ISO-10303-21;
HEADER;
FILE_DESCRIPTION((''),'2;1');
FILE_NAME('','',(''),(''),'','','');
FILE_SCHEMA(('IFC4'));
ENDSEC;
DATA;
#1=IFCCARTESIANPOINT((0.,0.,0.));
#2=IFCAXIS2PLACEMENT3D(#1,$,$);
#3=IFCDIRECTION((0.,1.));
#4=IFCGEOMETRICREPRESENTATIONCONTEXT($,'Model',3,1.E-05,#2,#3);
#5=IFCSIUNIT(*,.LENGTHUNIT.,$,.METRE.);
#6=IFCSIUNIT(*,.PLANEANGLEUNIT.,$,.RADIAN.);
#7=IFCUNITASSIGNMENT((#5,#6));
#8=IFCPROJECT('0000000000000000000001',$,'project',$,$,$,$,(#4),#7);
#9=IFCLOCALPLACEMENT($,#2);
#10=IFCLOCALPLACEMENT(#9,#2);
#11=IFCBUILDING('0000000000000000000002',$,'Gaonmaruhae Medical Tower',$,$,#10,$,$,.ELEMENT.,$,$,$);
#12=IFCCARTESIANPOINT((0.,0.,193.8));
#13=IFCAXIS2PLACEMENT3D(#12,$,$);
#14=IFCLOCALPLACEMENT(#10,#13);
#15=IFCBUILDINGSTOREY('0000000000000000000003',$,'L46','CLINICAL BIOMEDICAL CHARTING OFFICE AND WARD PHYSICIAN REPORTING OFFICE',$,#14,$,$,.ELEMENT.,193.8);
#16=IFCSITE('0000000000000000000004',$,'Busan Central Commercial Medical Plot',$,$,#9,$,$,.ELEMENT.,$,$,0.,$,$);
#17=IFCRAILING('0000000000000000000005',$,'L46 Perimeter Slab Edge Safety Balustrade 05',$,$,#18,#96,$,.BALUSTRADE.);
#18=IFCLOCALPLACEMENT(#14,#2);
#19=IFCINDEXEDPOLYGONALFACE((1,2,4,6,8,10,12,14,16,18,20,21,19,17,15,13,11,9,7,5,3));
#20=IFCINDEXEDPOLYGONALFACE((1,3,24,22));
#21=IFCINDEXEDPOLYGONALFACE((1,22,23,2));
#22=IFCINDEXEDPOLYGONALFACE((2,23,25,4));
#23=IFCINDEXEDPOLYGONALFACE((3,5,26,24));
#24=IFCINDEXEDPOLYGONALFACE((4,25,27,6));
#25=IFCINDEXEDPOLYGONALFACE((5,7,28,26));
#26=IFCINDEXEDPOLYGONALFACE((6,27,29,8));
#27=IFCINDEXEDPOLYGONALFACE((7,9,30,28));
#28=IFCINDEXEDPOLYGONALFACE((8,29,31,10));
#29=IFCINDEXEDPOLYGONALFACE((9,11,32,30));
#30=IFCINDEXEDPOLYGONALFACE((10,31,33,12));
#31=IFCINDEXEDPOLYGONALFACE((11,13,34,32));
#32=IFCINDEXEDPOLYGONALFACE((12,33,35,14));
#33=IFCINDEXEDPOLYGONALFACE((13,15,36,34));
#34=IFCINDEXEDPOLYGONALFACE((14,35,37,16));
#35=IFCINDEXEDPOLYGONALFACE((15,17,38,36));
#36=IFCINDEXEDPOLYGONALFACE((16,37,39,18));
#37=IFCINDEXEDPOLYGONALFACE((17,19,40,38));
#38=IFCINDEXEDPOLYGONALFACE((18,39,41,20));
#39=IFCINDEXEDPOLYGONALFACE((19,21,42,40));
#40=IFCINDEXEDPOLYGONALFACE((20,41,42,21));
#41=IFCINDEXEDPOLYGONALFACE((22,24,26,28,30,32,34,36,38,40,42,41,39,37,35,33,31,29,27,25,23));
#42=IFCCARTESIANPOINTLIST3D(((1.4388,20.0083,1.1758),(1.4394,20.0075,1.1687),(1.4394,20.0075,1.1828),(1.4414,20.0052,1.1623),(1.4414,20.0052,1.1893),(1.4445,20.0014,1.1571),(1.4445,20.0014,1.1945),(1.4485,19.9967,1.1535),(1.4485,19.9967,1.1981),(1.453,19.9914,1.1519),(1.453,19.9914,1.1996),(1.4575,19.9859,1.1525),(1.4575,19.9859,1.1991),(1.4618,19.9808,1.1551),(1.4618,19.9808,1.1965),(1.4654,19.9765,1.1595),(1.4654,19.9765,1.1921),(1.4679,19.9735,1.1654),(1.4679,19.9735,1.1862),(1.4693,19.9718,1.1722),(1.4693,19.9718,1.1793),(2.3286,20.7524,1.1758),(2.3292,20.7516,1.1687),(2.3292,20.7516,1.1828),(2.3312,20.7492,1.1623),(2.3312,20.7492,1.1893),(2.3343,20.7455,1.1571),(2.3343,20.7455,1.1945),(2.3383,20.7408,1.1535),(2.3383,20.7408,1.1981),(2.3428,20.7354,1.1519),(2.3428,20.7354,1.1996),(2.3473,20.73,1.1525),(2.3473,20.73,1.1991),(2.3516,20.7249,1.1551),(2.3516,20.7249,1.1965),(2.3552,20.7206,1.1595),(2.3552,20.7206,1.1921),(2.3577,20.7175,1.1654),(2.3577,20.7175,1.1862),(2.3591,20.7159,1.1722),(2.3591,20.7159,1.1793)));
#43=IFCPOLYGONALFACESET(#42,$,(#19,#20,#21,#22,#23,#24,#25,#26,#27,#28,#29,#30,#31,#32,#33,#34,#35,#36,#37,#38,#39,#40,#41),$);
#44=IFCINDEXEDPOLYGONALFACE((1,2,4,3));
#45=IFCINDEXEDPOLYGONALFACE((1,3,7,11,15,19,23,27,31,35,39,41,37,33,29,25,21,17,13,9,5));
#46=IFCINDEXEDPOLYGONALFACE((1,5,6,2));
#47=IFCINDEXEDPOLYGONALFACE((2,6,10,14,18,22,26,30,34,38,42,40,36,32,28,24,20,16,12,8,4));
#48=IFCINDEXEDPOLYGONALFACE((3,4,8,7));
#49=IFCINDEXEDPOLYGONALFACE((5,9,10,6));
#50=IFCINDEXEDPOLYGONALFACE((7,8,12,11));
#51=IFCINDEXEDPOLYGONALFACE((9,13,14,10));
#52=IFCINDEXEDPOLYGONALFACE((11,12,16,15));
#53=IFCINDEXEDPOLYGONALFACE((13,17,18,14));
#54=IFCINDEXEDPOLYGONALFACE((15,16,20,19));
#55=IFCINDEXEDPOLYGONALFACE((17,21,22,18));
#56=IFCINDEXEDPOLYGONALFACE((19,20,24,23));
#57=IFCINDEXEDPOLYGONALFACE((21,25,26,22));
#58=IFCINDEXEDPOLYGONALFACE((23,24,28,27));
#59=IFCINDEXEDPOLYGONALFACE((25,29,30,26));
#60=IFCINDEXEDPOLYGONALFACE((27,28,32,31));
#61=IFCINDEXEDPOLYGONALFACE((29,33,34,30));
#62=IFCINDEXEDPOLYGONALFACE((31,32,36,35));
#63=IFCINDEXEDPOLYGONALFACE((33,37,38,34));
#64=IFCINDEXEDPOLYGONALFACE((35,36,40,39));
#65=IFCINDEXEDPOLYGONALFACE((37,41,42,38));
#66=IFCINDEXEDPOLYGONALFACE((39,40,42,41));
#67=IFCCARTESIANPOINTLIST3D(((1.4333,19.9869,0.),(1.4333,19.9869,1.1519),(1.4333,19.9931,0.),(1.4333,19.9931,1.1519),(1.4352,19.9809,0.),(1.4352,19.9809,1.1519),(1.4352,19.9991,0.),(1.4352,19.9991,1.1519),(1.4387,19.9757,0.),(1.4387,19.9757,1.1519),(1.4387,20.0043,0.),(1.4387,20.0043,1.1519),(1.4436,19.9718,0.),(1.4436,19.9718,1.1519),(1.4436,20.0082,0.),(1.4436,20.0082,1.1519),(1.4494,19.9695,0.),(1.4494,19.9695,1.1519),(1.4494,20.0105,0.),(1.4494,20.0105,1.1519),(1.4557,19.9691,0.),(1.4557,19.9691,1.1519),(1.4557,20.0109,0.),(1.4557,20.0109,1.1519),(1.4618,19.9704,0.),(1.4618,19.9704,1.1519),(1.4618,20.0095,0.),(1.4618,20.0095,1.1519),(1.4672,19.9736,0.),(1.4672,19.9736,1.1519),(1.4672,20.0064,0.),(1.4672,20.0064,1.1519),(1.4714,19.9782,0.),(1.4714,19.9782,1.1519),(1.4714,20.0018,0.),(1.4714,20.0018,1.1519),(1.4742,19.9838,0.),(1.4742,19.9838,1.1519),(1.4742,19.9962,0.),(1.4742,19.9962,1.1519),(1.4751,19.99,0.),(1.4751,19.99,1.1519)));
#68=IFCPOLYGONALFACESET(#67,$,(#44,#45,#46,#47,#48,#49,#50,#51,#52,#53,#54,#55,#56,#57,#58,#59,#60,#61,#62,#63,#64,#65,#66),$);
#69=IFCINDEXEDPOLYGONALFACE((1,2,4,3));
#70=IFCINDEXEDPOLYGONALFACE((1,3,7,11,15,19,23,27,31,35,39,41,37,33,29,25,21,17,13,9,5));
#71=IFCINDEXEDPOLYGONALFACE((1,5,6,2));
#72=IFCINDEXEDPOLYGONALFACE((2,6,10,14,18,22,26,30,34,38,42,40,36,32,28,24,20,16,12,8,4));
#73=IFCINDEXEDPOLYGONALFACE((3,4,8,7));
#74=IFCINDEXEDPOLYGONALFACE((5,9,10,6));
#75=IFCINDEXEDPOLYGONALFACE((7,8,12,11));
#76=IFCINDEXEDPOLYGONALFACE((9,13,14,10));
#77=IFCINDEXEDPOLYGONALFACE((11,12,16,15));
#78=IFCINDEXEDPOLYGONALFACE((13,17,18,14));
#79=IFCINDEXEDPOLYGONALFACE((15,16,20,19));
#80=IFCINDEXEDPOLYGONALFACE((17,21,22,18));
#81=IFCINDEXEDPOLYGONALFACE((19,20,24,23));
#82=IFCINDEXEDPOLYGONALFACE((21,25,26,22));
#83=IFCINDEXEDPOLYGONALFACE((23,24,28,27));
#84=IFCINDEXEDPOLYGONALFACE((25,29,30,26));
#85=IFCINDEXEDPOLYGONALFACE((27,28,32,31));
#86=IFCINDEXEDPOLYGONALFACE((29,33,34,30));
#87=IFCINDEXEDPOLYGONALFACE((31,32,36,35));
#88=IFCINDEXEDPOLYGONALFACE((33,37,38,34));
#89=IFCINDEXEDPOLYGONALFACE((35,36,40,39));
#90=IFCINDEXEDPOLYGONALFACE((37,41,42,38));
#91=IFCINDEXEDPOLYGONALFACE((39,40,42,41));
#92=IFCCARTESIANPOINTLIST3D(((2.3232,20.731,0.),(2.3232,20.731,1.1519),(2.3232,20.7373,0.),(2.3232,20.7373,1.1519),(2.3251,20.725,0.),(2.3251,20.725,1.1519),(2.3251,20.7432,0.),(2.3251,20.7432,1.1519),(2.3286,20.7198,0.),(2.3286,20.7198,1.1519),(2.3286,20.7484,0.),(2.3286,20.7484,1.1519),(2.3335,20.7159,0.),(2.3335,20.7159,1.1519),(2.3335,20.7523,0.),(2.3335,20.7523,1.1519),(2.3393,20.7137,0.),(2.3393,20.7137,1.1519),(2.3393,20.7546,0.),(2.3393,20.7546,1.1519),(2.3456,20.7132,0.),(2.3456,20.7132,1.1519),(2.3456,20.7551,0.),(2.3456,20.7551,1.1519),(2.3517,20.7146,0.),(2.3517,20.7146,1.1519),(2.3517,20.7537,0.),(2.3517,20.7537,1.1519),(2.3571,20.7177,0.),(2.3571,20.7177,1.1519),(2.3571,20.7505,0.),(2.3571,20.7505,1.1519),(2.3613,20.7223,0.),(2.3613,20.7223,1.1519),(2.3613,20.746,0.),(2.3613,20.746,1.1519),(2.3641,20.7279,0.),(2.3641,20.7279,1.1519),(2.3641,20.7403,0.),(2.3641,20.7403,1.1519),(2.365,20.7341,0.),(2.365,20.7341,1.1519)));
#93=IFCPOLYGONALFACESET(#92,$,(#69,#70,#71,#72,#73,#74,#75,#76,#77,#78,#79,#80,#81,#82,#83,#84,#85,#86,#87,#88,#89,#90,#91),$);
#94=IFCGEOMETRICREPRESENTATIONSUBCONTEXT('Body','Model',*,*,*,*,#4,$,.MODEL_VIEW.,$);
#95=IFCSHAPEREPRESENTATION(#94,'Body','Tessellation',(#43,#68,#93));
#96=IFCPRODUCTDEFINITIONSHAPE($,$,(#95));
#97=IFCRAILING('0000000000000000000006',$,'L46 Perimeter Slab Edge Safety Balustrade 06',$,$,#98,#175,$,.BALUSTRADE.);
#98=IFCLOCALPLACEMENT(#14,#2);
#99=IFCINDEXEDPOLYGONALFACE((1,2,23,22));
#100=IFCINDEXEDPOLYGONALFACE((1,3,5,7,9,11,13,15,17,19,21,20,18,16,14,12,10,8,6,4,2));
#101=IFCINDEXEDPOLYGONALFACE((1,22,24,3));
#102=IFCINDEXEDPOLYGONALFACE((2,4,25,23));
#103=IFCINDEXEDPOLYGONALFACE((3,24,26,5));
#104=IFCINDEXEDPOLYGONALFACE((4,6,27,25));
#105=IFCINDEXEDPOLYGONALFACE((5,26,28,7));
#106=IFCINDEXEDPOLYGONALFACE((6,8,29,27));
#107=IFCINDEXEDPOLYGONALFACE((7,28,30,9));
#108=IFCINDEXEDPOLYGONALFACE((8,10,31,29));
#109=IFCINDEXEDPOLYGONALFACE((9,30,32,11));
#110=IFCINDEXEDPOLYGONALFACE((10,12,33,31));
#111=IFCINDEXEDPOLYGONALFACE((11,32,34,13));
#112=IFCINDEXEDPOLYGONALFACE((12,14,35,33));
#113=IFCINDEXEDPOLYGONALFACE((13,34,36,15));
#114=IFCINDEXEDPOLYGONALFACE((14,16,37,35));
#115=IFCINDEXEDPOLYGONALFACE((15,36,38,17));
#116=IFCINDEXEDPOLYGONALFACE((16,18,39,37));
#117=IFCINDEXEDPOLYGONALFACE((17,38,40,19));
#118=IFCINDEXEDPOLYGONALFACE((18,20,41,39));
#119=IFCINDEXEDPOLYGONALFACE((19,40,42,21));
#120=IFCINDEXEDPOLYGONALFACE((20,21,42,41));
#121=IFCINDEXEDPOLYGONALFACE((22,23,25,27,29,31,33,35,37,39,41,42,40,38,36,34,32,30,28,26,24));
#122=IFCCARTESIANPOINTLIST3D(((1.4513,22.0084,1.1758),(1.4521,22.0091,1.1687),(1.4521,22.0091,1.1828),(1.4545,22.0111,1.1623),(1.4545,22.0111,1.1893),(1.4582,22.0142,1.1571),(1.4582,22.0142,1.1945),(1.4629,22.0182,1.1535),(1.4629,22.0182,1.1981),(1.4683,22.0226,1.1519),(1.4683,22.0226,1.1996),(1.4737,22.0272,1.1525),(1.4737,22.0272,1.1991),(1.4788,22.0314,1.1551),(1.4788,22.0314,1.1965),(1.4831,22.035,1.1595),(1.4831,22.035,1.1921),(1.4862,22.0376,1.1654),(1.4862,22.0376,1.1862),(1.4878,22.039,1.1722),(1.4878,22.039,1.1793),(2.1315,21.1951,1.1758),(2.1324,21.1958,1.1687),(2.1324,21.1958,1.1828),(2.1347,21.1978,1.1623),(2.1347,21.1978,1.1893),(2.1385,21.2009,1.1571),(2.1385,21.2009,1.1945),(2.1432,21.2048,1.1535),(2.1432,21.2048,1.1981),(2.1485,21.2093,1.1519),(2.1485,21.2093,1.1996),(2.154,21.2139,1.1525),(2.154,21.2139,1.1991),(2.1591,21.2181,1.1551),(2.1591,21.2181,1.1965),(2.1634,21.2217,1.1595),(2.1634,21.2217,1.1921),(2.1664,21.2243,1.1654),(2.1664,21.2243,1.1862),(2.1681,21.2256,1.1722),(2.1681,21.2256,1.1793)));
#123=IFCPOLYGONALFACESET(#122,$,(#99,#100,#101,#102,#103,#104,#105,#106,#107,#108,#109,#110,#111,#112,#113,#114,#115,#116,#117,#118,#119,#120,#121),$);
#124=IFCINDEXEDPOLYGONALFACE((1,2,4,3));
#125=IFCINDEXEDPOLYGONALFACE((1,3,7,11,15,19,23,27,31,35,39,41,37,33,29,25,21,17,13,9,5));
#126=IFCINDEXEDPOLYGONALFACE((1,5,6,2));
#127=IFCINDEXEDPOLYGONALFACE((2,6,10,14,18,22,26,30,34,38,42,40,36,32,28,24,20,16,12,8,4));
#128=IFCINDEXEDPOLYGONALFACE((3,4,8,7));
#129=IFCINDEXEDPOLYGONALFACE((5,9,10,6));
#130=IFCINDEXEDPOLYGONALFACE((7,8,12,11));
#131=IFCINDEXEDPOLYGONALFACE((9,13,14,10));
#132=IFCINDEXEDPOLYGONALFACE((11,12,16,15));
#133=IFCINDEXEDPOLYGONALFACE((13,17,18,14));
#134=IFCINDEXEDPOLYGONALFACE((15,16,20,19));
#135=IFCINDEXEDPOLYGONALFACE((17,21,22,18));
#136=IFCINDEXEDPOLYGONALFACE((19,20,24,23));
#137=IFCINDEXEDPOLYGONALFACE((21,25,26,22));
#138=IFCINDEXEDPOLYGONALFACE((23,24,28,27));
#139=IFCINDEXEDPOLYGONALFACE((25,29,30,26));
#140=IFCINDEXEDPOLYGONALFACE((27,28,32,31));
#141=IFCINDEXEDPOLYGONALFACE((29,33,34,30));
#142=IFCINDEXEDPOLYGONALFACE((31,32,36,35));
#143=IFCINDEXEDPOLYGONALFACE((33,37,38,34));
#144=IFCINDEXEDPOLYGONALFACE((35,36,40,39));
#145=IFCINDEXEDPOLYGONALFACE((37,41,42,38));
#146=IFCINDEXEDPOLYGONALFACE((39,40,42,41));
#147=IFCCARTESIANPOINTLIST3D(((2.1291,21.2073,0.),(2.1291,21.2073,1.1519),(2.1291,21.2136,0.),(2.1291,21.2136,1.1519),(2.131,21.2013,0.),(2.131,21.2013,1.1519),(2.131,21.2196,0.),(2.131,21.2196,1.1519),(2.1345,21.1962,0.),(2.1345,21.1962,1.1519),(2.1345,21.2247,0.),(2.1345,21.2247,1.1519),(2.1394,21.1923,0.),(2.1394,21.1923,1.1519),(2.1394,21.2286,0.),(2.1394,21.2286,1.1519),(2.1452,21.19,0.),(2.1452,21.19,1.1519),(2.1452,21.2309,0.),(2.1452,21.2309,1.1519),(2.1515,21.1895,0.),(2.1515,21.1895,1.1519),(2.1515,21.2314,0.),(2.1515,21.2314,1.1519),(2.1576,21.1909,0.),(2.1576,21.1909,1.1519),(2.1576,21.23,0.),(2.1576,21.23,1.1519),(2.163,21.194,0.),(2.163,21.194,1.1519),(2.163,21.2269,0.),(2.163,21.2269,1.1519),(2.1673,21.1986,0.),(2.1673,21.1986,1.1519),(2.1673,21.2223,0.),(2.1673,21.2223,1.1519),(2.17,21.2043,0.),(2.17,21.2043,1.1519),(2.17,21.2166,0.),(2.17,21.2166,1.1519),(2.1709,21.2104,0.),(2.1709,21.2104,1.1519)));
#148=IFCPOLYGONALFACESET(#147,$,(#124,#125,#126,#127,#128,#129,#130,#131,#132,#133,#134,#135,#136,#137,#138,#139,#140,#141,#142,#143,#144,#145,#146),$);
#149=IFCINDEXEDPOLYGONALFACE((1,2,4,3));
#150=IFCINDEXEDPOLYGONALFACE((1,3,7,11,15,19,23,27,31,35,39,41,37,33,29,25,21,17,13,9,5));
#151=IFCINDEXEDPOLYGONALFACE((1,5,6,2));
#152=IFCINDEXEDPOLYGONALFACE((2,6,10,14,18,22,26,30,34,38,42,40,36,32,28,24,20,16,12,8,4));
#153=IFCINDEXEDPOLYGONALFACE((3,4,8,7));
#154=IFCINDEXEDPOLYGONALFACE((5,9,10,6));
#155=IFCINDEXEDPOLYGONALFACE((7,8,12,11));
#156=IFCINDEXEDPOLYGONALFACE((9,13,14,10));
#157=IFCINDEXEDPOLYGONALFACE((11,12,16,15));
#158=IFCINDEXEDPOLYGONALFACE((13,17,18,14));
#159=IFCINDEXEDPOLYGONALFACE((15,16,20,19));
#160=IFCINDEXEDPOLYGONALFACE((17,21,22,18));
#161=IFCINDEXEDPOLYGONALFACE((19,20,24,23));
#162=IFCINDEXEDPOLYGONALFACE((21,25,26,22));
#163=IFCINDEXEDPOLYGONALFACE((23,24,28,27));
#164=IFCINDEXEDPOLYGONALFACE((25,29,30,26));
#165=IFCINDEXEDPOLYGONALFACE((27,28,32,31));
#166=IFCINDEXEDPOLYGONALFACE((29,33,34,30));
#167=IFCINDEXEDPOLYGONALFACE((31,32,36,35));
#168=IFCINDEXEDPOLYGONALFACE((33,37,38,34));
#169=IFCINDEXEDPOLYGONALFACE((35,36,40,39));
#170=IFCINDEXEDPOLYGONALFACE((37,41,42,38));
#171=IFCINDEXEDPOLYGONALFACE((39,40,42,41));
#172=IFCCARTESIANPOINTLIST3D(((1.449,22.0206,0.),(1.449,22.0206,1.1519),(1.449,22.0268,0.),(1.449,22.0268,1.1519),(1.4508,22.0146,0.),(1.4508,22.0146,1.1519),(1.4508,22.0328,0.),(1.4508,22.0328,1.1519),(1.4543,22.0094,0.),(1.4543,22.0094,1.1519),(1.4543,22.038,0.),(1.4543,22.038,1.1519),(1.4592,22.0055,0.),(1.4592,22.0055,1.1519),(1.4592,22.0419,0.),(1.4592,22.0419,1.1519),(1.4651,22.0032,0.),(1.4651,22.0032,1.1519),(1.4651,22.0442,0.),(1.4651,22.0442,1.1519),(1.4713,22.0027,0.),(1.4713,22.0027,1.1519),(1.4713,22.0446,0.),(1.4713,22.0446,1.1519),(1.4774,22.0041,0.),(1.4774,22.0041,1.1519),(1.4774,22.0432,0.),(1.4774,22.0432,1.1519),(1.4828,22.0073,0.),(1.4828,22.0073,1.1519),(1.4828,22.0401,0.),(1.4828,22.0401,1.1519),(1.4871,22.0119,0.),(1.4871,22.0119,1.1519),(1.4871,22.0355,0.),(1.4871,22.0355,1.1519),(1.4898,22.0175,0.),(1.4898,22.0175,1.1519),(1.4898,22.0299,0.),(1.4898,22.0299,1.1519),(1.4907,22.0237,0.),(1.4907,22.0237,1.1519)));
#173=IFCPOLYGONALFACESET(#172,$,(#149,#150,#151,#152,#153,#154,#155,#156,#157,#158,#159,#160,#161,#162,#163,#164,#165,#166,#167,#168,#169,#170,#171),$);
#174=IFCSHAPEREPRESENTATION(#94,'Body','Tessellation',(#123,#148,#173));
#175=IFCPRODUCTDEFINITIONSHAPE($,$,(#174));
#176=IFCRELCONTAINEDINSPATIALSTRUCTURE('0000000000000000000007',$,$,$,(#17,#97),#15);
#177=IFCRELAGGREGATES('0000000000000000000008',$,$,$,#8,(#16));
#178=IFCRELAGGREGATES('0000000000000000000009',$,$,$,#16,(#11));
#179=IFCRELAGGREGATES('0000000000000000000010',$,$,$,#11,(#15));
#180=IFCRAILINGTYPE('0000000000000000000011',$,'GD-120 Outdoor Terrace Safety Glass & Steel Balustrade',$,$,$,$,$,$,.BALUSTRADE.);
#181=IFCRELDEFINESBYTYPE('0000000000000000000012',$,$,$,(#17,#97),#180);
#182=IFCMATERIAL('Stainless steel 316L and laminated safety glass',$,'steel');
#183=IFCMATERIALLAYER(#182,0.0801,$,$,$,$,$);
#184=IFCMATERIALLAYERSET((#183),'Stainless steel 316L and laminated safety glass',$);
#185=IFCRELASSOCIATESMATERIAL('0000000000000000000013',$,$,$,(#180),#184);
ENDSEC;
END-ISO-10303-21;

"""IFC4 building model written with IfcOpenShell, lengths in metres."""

from ifc_helpers import new_model, si_unit, direction, frame, origin, origin_2d, place, context, subcontext, project, spatial, circle, extrude, material, layer, layer_set, type_object, element, save


model = new_model("IFC4")

# Units and contexts
model_context = context("Model", 3, precision=1e-05, world=origin(), true_north=direction((0.0, 1.0)))
body_context = subcontext(model_context, "Body", "Model", "MODEL_VIEW")
ifc_project = project(units=[si_unit("LENGTHUNIT", "METRE"), si_unit("PLANEANGLEUNIT", "RADIAN")], contexts=[model_context])

# Site, building, storey
site_placement = place(None, origin())
site = spatial("IfcSite", under=ifc_project, at=site_placement, Name="Busan Central Commercial Medical Plot", CompositionType="ELEMENT", RefElevation=0.0)
building_placement = place(site_placement, origin())
building = spatial("IfcBuilding", under=site, at=building_placement, Name="Gaonmaruhae Medical Tower", CompositionType="ELEMENT")
storey_placement = place(building_placement, frame((0.0, 0.0, 193.8)))
storey = spatial("IfcBuildingStorey", under=building, at=storey_placement, Name="L46", Description="CLINICAL BIOMEDICAL CHARTING OFFICE AND WARD PHYSICIAN REPORTING OFFICE", CompositionType="ELEMENT", Elevation=193.8)

# Railings
ifc_material_1 = material(Name="Stainless steel 316L and laminated safety glass", Category="steel")
ifc_layer_1 = layer(ifc_material_1, 0.0801)
ifc_layer_set_1 = layer_set([ifc_layer_1], Name="Stainless steel 316L and laminated safety glass")
railing_type = type_object("IfcRailingType", Name="GD-120 Outdoor Terrace Safety Glass & Steel Balustrade", PredefinedType="BALUSTRADE", material=ifc_layer_set_1)
railing_1_placement = place(storey_placement, frame((1.4541, 19.99, 0.0)))
element("IfcRailing", 1, at=railing_1_placement, inside=storey, type_object=railing_type, Name="L46 Perimeter Slab Edge Safety Balustrade 05", PredefinedType="BALUSTRADE", context=body_context, shape_type="SweptSolid", body=[
    extrude(circle(Radius=0.0239, at=origin_2d()), frame((0.0, 0.0, 1.1758), z_axis=(0.767133, 0.641488, 0.0), x_axis=(-0.641488, 0.767133, 0.0)), (0.0, 0.0, 1.0), 1.1599),
    extrude(circle(Radius=0.021, at=origin_2d()), origin(), (0.0, 0.0, 1.0), 1.1519),
    extrude(circle(Radius=0.021, at=origin_2d()), frame((0.8899, 0.7441, 0.0)), (0.0, 0.0, 1.0), 1.1519),
])
railing_2_placement = place(storey_placement, frame((2.1499, 21.2104, 0.0)))
element("IfcRailing", 2, at=railing_2_placement, inside=storey, type_object=railing_type, Name="L46 Perimeter Slab Edge Safety Balustrade 06", PredefinedType="BALUSTRADE", context=body_context, shape_type="SweptSolid", body=[
    extrude(circle(Radius=0.0239, at=origin_2d()), frame((0.0, 0.0, 1.1758), z_axis=(-0.641565, 0.767069, 0.0), x_axis=(-0.767069, -0.641565, 0.0)), (0.0, 0.0, 1.0), 1.0603),
    extrude(circle(Radius=0.021, at=origin_2d()), origin(), (0.0, 0.0, 1.0), 1.1519),
    extrude(circle(Radius=0.021, at=origin_2d()), frame((-0.6802, 0.8132, 0.0)), (0.0, 0.0, 1.0), 1.1519),
])

save(model, "model.ifc")
